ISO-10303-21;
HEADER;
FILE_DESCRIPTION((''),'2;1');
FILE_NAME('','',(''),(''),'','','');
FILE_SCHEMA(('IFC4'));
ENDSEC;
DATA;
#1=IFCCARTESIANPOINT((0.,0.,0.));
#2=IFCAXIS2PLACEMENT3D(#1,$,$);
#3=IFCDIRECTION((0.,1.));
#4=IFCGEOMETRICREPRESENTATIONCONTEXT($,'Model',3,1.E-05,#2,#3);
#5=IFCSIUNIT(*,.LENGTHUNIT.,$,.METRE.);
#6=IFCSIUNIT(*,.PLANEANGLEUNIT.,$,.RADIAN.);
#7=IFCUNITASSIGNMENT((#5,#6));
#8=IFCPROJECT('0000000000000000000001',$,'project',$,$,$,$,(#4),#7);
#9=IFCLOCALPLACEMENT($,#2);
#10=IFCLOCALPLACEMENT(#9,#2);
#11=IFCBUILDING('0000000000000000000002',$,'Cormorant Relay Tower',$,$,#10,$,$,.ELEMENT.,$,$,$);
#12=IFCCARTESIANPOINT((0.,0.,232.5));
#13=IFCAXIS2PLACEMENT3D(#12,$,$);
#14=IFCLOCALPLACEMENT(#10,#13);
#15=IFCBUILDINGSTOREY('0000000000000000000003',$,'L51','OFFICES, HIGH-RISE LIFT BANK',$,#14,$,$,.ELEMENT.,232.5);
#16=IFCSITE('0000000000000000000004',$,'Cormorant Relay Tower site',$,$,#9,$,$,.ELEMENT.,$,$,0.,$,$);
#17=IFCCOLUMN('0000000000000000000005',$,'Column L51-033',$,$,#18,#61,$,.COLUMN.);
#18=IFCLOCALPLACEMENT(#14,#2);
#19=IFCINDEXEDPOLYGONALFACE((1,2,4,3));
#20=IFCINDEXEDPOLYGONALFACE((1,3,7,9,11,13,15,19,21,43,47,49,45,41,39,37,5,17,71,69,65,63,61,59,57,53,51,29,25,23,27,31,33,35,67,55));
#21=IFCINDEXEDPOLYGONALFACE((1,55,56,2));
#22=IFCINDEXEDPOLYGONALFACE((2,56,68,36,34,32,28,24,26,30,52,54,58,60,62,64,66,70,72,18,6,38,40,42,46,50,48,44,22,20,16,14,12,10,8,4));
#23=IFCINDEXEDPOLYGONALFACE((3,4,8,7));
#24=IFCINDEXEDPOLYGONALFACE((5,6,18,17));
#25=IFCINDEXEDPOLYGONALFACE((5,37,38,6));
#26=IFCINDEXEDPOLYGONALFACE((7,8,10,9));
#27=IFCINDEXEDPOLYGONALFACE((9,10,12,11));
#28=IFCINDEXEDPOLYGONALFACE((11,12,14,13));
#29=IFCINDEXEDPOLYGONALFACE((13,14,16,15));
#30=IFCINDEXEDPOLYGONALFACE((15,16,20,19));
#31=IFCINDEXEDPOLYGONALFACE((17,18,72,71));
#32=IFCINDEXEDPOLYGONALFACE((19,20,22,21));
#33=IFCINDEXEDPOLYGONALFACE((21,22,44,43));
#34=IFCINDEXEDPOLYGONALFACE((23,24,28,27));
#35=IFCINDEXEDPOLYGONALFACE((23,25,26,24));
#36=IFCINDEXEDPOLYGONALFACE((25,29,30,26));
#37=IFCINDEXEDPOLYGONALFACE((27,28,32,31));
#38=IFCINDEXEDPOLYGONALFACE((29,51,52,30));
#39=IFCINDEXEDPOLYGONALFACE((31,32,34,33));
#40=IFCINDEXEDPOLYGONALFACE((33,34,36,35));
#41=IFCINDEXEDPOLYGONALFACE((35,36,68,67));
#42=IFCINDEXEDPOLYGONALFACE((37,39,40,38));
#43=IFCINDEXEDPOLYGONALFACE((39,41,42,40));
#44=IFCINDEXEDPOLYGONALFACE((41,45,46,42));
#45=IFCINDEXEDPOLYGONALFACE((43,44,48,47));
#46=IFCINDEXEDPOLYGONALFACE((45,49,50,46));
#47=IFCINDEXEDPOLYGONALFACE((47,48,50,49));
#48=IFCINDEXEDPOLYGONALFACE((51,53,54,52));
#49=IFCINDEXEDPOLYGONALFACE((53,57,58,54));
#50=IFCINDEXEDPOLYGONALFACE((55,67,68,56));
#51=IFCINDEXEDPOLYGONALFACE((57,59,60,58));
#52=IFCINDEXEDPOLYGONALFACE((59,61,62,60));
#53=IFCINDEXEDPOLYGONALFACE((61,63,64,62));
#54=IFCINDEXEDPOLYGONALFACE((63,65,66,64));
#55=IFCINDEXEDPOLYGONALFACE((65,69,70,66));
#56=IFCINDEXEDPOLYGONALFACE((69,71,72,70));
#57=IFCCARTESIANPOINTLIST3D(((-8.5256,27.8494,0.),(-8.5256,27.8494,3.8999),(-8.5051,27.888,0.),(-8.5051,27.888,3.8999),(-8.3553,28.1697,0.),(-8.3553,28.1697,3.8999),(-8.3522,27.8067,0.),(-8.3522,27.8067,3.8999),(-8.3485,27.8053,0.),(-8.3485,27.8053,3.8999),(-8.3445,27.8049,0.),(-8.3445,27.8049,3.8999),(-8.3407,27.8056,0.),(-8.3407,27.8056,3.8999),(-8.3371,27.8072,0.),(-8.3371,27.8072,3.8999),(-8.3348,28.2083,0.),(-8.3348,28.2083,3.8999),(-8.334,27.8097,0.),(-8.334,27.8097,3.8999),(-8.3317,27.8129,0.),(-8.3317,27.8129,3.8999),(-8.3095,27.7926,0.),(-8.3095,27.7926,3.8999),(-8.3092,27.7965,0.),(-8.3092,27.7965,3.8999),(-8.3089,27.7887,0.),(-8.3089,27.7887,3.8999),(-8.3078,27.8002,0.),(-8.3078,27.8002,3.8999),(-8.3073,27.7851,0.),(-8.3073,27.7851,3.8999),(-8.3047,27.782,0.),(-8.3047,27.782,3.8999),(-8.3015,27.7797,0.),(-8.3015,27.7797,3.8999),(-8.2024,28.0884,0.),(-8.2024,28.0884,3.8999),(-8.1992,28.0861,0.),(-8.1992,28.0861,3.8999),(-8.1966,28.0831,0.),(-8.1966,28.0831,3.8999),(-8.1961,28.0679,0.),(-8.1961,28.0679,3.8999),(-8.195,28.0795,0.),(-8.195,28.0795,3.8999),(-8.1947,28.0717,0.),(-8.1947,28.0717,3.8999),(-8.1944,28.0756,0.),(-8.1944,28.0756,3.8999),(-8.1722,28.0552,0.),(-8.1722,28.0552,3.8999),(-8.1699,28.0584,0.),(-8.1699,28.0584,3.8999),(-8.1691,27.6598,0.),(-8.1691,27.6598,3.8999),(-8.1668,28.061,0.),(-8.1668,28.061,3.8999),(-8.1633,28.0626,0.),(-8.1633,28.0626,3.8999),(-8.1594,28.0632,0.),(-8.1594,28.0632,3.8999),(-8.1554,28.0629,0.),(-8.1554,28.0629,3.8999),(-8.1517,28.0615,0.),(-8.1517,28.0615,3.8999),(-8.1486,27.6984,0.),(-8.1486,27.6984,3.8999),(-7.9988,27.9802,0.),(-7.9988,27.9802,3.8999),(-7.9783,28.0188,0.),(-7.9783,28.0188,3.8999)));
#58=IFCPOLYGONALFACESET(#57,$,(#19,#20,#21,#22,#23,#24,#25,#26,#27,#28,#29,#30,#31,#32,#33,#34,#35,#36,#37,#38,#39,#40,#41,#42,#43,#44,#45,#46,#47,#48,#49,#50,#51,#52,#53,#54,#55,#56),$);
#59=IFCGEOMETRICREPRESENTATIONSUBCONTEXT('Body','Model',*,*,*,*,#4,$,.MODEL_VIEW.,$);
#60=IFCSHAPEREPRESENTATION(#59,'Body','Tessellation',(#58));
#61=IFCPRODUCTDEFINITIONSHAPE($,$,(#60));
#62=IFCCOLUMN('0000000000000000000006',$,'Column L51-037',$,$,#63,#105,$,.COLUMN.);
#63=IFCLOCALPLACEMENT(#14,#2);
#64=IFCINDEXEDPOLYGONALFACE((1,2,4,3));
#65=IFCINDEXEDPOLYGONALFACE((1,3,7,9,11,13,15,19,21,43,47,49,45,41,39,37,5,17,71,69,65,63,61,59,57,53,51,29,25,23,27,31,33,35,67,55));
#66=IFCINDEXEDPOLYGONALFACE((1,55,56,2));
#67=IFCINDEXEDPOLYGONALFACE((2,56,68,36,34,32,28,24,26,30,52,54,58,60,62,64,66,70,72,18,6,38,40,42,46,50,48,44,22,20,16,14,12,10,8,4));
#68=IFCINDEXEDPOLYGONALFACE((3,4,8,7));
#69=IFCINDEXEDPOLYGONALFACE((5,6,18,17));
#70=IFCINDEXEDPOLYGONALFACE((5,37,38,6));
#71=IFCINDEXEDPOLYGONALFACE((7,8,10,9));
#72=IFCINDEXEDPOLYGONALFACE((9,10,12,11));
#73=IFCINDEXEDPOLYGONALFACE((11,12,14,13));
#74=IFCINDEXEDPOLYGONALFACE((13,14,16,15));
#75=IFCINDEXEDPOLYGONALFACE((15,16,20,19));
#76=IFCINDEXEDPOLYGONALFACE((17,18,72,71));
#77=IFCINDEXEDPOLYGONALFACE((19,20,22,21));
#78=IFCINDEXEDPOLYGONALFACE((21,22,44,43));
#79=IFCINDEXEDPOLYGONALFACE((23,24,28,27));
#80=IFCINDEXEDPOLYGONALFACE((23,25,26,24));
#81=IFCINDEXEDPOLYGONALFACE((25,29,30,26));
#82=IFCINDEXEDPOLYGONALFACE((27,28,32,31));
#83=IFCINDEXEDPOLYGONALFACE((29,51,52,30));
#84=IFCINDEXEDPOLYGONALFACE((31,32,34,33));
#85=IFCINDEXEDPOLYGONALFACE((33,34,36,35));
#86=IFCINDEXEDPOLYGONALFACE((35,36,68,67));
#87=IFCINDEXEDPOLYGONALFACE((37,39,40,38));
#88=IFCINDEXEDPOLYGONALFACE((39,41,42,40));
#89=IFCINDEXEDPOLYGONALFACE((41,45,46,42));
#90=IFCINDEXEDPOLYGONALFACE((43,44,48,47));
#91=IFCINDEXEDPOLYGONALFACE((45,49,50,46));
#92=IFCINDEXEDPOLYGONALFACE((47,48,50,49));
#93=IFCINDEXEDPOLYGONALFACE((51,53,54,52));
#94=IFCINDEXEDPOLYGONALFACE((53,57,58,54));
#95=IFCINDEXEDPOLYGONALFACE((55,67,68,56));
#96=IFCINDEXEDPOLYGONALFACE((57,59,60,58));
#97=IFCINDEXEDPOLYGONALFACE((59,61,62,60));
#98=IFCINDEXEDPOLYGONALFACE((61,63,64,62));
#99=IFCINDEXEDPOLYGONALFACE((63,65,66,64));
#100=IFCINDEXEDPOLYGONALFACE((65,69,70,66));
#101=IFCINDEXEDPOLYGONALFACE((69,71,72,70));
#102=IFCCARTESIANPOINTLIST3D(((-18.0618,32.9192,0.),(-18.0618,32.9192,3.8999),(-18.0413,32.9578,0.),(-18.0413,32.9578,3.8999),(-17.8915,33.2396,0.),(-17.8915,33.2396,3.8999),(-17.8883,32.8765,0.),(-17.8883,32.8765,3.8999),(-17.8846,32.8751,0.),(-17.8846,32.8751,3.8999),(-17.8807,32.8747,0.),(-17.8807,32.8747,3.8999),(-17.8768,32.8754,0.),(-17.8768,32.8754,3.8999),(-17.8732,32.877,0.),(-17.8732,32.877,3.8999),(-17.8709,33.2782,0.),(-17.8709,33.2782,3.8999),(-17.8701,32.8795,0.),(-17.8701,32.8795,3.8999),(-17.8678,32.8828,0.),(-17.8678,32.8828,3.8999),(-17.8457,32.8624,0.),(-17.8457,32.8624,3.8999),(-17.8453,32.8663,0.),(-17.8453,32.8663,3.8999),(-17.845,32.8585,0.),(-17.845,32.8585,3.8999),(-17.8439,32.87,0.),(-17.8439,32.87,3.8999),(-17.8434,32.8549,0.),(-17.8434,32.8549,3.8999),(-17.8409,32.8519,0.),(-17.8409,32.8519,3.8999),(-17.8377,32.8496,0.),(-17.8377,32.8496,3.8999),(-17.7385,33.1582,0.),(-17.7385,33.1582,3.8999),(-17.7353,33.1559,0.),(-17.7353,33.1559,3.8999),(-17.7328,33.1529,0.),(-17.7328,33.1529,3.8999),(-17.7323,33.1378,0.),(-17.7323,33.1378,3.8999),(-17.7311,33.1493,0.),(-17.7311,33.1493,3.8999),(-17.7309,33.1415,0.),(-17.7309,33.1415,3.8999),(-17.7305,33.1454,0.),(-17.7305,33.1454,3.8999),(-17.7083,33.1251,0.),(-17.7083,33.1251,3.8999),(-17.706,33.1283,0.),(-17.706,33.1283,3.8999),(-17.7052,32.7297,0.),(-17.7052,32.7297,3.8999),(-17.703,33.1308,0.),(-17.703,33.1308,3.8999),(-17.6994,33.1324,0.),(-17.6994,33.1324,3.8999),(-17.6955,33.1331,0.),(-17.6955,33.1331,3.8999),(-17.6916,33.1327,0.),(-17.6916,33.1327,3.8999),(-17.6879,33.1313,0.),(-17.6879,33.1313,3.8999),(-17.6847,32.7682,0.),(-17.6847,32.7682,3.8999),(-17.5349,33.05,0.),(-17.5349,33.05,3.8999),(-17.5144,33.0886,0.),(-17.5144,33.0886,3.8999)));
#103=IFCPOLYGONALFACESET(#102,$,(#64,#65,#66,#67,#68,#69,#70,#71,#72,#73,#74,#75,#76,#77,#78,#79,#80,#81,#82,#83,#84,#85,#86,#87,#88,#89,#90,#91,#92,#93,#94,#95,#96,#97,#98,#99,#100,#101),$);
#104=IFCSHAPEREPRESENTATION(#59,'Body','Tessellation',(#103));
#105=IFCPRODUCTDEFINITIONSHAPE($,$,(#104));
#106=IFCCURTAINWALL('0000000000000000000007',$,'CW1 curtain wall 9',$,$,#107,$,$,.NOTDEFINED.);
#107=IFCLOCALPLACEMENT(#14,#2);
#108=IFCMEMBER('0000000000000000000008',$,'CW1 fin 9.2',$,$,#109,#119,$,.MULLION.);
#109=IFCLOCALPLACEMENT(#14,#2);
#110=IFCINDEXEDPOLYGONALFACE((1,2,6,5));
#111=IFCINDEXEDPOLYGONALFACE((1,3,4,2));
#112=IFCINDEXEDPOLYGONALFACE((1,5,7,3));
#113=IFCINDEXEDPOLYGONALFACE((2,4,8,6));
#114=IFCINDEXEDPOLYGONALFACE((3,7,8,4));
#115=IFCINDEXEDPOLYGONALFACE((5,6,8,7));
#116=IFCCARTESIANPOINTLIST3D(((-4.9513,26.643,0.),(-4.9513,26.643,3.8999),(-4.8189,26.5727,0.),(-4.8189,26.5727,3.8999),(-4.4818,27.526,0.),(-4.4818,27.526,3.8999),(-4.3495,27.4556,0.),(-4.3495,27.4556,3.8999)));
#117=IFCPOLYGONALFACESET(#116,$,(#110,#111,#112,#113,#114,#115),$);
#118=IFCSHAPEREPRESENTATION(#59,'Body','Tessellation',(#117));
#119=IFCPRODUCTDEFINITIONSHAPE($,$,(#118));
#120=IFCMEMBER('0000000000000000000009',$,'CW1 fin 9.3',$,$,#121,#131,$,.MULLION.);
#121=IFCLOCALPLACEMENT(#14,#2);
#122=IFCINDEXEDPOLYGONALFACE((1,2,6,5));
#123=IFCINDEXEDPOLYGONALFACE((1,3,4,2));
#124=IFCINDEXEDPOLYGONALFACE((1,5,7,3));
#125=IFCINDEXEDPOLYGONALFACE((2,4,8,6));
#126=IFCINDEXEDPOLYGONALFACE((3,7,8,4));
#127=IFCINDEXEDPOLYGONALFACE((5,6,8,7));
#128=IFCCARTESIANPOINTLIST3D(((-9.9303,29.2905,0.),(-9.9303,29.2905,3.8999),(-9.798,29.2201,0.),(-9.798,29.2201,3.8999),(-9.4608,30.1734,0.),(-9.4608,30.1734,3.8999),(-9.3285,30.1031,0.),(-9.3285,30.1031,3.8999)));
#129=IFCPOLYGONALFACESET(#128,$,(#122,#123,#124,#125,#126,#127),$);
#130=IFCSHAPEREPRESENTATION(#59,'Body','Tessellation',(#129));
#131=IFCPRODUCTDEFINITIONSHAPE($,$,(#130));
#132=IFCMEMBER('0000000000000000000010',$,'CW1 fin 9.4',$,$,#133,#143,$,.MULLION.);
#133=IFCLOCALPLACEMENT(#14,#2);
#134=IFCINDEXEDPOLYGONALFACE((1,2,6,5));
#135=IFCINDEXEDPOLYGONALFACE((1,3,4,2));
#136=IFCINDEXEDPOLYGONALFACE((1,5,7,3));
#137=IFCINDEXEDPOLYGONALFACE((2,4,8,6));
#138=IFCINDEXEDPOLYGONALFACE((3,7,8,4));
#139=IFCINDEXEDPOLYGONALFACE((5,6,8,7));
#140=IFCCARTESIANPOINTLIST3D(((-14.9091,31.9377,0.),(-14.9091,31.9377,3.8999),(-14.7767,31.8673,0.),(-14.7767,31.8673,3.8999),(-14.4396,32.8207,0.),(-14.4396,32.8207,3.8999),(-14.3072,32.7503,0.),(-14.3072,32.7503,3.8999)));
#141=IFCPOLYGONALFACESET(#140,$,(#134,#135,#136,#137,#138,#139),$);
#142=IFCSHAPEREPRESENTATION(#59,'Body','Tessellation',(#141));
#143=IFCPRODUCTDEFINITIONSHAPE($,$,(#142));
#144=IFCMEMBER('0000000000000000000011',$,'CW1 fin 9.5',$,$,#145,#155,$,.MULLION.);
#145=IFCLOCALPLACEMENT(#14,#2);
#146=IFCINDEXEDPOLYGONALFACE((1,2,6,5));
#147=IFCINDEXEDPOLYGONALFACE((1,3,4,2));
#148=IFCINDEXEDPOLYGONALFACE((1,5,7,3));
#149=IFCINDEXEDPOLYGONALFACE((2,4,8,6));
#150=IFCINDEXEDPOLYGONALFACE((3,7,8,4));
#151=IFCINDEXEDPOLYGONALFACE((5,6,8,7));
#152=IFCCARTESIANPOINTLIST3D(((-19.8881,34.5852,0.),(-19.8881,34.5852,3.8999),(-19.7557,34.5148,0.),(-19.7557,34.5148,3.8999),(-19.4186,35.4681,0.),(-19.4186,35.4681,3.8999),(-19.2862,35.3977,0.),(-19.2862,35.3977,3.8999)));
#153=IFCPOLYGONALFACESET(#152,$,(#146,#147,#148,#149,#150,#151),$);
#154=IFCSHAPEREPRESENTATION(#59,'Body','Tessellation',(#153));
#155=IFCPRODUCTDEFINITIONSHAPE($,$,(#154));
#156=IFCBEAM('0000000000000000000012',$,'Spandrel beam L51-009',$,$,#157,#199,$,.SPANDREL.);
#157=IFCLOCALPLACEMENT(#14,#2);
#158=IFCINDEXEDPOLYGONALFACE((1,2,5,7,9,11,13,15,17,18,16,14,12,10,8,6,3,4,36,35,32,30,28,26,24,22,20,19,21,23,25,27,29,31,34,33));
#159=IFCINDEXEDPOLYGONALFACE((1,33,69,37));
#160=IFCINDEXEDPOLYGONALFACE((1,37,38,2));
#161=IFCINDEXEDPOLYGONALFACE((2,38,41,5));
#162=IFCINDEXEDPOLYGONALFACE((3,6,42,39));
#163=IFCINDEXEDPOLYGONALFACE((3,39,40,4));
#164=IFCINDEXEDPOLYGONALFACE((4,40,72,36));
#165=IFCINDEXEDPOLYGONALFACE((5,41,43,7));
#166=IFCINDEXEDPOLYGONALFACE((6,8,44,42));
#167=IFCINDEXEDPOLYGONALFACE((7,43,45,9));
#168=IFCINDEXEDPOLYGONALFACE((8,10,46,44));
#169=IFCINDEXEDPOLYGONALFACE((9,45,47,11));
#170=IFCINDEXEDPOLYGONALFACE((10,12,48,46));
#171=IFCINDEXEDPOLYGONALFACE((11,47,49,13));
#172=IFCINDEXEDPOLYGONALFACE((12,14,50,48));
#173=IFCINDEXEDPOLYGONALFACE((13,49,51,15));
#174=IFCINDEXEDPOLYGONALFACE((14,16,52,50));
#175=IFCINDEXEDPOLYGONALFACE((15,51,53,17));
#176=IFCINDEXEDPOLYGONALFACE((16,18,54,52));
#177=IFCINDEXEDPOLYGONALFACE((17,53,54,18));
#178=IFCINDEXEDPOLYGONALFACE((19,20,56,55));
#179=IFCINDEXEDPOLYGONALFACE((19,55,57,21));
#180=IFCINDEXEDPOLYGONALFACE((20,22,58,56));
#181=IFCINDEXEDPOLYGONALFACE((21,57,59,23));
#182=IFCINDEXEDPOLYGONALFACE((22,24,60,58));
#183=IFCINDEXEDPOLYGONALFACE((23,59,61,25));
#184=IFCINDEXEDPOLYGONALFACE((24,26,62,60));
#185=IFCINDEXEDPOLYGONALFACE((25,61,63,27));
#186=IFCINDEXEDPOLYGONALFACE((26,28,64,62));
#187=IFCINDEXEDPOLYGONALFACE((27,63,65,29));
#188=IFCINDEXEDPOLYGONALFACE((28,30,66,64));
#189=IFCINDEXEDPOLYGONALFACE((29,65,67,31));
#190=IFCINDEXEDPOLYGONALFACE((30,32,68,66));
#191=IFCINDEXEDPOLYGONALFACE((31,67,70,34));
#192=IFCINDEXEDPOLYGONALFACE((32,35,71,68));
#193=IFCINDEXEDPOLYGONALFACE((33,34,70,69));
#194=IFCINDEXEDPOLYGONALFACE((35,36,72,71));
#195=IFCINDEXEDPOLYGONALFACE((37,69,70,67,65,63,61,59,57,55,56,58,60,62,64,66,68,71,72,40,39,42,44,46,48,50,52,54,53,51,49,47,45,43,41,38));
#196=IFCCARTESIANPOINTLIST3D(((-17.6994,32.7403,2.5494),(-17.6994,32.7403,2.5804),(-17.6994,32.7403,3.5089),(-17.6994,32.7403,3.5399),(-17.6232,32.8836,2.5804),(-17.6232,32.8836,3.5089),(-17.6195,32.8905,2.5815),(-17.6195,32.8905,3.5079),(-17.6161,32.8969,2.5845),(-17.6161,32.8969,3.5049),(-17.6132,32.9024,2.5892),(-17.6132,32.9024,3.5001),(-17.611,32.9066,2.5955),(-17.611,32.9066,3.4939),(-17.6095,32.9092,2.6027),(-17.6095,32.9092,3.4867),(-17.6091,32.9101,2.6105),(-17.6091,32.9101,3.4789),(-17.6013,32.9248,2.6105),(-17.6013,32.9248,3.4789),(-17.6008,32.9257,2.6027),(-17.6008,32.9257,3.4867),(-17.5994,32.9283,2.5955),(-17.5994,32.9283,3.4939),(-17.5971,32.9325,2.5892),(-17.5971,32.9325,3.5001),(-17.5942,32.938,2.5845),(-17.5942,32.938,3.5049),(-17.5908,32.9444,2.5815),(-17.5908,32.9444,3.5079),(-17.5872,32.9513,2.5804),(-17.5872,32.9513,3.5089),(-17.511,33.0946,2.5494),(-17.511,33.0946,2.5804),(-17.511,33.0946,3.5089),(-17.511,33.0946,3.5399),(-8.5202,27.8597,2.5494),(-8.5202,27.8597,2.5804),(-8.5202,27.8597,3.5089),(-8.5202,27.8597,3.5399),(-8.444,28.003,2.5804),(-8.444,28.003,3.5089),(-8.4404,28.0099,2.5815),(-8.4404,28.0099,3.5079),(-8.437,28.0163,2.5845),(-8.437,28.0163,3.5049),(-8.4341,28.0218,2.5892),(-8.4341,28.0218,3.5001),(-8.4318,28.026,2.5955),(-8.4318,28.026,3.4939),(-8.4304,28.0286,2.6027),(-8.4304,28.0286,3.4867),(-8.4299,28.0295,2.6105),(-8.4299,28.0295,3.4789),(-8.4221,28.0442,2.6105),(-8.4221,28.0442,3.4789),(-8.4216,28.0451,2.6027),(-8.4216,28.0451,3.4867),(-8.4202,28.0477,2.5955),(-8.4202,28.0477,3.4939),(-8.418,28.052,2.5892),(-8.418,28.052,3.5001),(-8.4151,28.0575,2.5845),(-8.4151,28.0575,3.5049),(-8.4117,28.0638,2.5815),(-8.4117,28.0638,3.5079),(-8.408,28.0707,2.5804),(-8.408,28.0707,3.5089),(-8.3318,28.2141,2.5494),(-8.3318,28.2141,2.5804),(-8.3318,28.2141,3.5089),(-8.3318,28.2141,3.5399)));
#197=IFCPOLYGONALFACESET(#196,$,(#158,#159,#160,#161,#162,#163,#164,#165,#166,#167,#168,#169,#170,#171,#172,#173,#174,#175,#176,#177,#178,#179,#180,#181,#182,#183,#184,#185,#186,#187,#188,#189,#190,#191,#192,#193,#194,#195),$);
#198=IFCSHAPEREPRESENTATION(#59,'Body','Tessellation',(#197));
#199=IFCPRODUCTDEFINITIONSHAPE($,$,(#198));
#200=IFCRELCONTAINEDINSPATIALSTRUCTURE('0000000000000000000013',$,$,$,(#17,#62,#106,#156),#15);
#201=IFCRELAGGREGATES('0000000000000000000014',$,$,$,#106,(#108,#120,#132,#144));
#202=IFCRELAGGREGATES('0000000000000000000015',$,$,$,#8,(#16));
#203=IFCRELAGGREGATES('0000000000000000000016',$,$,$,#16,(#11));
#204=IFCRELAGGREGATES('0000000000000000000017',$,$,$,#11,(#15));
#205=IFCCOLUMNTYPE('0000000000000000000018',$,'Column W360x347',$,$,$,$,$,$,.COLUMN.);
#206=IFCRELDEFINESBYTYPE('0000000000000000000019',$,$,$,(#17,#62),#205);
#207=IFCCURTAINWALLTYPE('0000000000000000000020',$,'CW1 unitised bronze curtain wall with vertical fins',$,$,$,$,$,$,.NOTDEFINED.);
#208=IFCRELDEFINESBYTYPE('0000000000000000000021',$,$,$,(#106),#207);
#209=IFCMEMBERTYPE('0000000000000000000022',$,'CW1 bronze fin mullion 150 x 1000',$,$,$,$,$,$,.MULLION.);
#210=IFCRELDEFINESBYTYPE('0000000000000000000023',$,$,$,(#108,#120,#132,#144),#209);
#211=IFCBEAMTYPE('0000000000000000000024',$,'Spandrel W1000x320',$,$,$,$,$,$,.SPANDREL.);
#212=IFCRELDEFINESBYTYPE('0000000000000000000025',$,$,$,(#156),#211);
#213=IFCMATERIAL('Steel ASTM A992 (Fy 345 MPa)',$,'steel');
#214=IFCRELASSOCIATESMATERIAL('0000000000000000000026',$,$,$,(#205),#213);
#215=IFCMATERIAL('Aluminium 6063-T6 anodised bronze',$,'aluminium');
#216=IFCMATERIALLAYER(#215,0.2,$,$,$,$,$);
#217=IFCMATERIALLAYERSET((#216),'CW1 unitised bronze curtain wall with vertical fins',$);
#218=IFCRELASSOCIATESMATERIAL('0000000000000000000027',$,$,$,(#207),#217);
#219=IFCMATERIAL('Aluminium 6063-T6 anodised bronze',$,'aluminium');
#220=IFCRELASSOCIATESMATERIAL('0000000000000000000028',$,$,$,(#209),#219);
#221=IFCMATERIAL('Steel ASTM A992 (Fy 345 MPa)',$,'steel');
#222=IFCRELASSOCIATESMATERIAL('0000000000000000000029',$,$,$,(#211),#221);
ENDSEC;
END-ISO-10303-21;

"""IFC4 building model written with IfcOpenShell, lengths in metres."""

from ifc_helpers import new_model, si_unit, direction, frame, origin, origin_2d, place, context, subcontext, project, spatial, rectangle, i_section, extrude, material, layer, layer_set, material_profile, profile_set, type_object, element, aggregate, save


model = new_model("IFC4")

# Units and contexts
model_context = context("Model", 3, precision=1e-05, world=origin(), true_north=direction((0.0, 1.0)))
body_context = subcontext(model_context, "Body", "Model", "MODEL_VIEW")
ifc_project = project(units=[si_unit("LENGTHUNIT", "METRE"), si_unit("PLANEANGLEUNIT", "RADIAN")], contexts=[model_context])

# Site, building, storey
site_placement = place(None, origin())
site = spatial("IfcSite", under=ifc_project, at=site_placement, Name="Cormorant Relay Tower site", CompositionType="ELEMENT", RefElevation=0.0)
building_placement = place(site_placement, origin())
building = spatial("IfcBuilding", under=site, at=building_placement, Name="Cormorant Relay Tower", CompositionType="ELEMENT")
storey_placement = place(building_placement, frame((0.0, 0.0, 232.5)))
storey = spatial("IfcBuildingStorey", under=building, at=storey_placement, Name="L51", Description="OFFICES, HIGH-RISE LIFT BANK", CompositionType="ELEMENT", Elevation=232.5)

# Columns
ifc_material_1 = material(Name="Steel ASTM A992 (Fy 345 MPa)", Category="steel")
ifc_material_profile_1 = material_profile(ifc_material_1, i_section(OverallWidth=0.4038, OverallDepth=0.4065, WebThickness=0.0271, FlangeThickness=0.0437, FilletRadius=0.0151, at=origin_2d()), Name="W360x347")
ifc_profile_set_1 = profile_set([ifc_material_profile_1], Name="Steel ASTM A992 (Fy 345 MPa)")
column_type = type_object("IfcColumnType", Name="Column W360x347", PredefinedType="COLUMN", material=ifc_profile_set_1)
for number, where, z_axis, x_axis, name in (
    (1, (-8.252, 27.9341, 0.0), (0.0, 0.0, 1.0), (-0.882948, 0.469472, 0.0), "Column L51-033"),
    (2, (-17.7881, 33.0039, 0.0), (0.0, 0.0, 1.0), (-0.882948, 0.469472, 0.0), "Column L51-037"),
):
    element("IfcColumn", number, at=place(storey_placement, frame(where, z_axis=z_axis, x_axis=x_axis)), inside=storey, type_object=column_type, Name=name, PredefinedType="COLUMN", context=body_context, shape_type="SweptSolid", body=[
        extrude(i_section(OverallWidth=0.4038, OverallDepth=0.4065, WebThickness=0.0271, FlangeThickness=0.0437, FilletRadius=0.0151, at=origin_2d()), origin(), (0.0, 0.0, 1.0), 3.8999),
    ])

# Curtain wall, members
ifc_material_2 = material(Name="Aluminium 6063-T6 anodised bronze", Category="aluminium")
ifc_layer_1 = layer(ifc_material_2, 0.2)
ifc_layer_set_1 = layer_set([ifc_layer_1], Name="CW1 unitised bronze curtain wall with vertical fins")
curtain_wall_type = type_object("IfcCurtainWallType", Name="CW1 unitised bronze curtain wall with vertical fins", PredefinedType="NOTDEFINED", material=ifc_layer_set_1)
curtain_wall_placement = place(storey_placement, origin())
curtain_wall = element("IfcCurtainWall", 3, at=curtain_wall_placement, inside=storey, type_object=curtain_wall_type, Name="CW1 curtain wall 9", PredefinedType="NOTDEFINED")
ifc_material_3 = material(Name="Aluminium 6063-T6 anodised bronze", Category="aluminium")
ifc_material_profile_2 = material_profile(ifc_material_3, rectangle(XDim=0.1499, YDim=1.0, at=origin_2d()), Name="AL 150x1000")
ifc_profile_set_2 = profile_set([ifc_material_profile_2], Name="Aluminium 6063-T6 anodised bronze")
member_type = type_object("IfcMemberType", Name="CW1 bronze fin mullion 150 x 1000", PredefinedType="MULLION", material=ifc_profile_set_2)
member_1_placement = place(storey_placement, frame((-4.6504, 27.0493, 0.0), z_axis=(0.0, 0.0, 1.0), x_axis=(-0.882948, 0.469472, 0.0)))
member_1 = element("IfcMember", 4, at=member_1_placement, type_object=member_type, Name="CW1 fin 9.2", PredefinedType="MULLION", context=body_context, shape_type="SweptSolid", body=[
    extrude(rectangle(XDim=0.1499, YDim=1.0, at=origin_2d()), origin(), (0.0, 0.0, 1.0), 3.8999),
])
member_2_placement = place(storey_placement, frame((-9.6294, 29.6968, 0.0), z_axis=(0.0, 0.0, 1.0), x_axis=(-0.882948, 0.469472, 0.0)))
member_2 = element("IfcMember", 5, at=member_2_placement, type_object=member_type, Name="CW1 fin 9.3", PredefinedType="MULLION", context=body_context, shape_type="SweptSolid", body=[
    extrude(rectangle(XDim=0.1499, YDim=1.0, at=origin_2d()), origin(), (0.0, 0.0, 1.0), 3.8999),
])
member_3_placement = place(storey_placement, frame((-14.6082, 32.344, 0.0), z_axis=(0.0, 0.0, 1.0), x_axis=(-0.882948, 0.469472, 0.0)))
member_3 = element("IfcMember", 6, at=member_3_placement, type_object=member_type, Name="CW1 fin 9.4", PredefinedType="MULLION", context=body_context, shape_type="SweptSolid", body=[
    extrude(rectangle(XDim=0.1499, YDim=1.0, at=origin_2d()), origin(), (0.0, 0.0, 1.0), 3.8999),
])
member_4_placement = place(storey_placement, frame((-19.5872, 34.9915, 0.0), z_axis=(0.0, 0.0, 1.0), x_axis=(-0.882948, 0.469472, 0.0)))
member_4 = element("IfcMember", 7, at=member_4_placement, type_object=member_type, Name="CW1 fin 9.5", PredefinedType="MULLION", context=body_context, shape_type="SweptSolid", body=[
    extrude(rectangle(XDim=0.1499, YDim=1.0, at=origin_2d()), origin(), (0.0, 0.0, 1.0), 3.8999),
])

# Beam
ifc_material_4 = material(Name="Steel ASTM A992 (Fy 345 MPa)", Category="steel")
ifc_material_profile_3 = material_profile(ifc_material_4, i_section(OverallWidth=0.4014, OverallDepth=0.9905, WebThickness=0.0166, FlangeThickness=0.031, FilletRadius=0.03, at=origin_2d()), Name="W1000x320")
ifc_profile_set_3 = profile_set([ifc_material_profile_3], Name="Steel ASTM A992 (Fy 345 MPa)")
beam_type_1 = type_object("IfcBeamType", Name="Spandrel W1000x320", PredefinedType="SPANDREL", material=ifc_profile_set_3)
beam_1_placement = place(storey_placement, frame((-8.426, 28.0369, 3.0447), z_axis=(-0.88295, 0.469468, 0.0), x_axis=(-0.469468, -0.88295, 0.0)))
element("IfcBeam", 8, at=beam_1_placement, inside=storey, type_object=beam_type_1, Name="Spandrel beam L51-009", PredefinedType="SPANDREL", context=body_context, shape_type="SweptSolid", body=[
    extrude(i_section(OverallWidth=0.4014, OverallDepth=0.9905, WebThickness=0.0166, FlangeThickness=0.031, FilletRadius=0.03, at=origin_2d()), origin(), (0.0, 0.0, 1.0), 10.396),
])

aggregate(curtain_wall, [member_1, member_2, member_3, member_4])

save(model, "model.ifc")
